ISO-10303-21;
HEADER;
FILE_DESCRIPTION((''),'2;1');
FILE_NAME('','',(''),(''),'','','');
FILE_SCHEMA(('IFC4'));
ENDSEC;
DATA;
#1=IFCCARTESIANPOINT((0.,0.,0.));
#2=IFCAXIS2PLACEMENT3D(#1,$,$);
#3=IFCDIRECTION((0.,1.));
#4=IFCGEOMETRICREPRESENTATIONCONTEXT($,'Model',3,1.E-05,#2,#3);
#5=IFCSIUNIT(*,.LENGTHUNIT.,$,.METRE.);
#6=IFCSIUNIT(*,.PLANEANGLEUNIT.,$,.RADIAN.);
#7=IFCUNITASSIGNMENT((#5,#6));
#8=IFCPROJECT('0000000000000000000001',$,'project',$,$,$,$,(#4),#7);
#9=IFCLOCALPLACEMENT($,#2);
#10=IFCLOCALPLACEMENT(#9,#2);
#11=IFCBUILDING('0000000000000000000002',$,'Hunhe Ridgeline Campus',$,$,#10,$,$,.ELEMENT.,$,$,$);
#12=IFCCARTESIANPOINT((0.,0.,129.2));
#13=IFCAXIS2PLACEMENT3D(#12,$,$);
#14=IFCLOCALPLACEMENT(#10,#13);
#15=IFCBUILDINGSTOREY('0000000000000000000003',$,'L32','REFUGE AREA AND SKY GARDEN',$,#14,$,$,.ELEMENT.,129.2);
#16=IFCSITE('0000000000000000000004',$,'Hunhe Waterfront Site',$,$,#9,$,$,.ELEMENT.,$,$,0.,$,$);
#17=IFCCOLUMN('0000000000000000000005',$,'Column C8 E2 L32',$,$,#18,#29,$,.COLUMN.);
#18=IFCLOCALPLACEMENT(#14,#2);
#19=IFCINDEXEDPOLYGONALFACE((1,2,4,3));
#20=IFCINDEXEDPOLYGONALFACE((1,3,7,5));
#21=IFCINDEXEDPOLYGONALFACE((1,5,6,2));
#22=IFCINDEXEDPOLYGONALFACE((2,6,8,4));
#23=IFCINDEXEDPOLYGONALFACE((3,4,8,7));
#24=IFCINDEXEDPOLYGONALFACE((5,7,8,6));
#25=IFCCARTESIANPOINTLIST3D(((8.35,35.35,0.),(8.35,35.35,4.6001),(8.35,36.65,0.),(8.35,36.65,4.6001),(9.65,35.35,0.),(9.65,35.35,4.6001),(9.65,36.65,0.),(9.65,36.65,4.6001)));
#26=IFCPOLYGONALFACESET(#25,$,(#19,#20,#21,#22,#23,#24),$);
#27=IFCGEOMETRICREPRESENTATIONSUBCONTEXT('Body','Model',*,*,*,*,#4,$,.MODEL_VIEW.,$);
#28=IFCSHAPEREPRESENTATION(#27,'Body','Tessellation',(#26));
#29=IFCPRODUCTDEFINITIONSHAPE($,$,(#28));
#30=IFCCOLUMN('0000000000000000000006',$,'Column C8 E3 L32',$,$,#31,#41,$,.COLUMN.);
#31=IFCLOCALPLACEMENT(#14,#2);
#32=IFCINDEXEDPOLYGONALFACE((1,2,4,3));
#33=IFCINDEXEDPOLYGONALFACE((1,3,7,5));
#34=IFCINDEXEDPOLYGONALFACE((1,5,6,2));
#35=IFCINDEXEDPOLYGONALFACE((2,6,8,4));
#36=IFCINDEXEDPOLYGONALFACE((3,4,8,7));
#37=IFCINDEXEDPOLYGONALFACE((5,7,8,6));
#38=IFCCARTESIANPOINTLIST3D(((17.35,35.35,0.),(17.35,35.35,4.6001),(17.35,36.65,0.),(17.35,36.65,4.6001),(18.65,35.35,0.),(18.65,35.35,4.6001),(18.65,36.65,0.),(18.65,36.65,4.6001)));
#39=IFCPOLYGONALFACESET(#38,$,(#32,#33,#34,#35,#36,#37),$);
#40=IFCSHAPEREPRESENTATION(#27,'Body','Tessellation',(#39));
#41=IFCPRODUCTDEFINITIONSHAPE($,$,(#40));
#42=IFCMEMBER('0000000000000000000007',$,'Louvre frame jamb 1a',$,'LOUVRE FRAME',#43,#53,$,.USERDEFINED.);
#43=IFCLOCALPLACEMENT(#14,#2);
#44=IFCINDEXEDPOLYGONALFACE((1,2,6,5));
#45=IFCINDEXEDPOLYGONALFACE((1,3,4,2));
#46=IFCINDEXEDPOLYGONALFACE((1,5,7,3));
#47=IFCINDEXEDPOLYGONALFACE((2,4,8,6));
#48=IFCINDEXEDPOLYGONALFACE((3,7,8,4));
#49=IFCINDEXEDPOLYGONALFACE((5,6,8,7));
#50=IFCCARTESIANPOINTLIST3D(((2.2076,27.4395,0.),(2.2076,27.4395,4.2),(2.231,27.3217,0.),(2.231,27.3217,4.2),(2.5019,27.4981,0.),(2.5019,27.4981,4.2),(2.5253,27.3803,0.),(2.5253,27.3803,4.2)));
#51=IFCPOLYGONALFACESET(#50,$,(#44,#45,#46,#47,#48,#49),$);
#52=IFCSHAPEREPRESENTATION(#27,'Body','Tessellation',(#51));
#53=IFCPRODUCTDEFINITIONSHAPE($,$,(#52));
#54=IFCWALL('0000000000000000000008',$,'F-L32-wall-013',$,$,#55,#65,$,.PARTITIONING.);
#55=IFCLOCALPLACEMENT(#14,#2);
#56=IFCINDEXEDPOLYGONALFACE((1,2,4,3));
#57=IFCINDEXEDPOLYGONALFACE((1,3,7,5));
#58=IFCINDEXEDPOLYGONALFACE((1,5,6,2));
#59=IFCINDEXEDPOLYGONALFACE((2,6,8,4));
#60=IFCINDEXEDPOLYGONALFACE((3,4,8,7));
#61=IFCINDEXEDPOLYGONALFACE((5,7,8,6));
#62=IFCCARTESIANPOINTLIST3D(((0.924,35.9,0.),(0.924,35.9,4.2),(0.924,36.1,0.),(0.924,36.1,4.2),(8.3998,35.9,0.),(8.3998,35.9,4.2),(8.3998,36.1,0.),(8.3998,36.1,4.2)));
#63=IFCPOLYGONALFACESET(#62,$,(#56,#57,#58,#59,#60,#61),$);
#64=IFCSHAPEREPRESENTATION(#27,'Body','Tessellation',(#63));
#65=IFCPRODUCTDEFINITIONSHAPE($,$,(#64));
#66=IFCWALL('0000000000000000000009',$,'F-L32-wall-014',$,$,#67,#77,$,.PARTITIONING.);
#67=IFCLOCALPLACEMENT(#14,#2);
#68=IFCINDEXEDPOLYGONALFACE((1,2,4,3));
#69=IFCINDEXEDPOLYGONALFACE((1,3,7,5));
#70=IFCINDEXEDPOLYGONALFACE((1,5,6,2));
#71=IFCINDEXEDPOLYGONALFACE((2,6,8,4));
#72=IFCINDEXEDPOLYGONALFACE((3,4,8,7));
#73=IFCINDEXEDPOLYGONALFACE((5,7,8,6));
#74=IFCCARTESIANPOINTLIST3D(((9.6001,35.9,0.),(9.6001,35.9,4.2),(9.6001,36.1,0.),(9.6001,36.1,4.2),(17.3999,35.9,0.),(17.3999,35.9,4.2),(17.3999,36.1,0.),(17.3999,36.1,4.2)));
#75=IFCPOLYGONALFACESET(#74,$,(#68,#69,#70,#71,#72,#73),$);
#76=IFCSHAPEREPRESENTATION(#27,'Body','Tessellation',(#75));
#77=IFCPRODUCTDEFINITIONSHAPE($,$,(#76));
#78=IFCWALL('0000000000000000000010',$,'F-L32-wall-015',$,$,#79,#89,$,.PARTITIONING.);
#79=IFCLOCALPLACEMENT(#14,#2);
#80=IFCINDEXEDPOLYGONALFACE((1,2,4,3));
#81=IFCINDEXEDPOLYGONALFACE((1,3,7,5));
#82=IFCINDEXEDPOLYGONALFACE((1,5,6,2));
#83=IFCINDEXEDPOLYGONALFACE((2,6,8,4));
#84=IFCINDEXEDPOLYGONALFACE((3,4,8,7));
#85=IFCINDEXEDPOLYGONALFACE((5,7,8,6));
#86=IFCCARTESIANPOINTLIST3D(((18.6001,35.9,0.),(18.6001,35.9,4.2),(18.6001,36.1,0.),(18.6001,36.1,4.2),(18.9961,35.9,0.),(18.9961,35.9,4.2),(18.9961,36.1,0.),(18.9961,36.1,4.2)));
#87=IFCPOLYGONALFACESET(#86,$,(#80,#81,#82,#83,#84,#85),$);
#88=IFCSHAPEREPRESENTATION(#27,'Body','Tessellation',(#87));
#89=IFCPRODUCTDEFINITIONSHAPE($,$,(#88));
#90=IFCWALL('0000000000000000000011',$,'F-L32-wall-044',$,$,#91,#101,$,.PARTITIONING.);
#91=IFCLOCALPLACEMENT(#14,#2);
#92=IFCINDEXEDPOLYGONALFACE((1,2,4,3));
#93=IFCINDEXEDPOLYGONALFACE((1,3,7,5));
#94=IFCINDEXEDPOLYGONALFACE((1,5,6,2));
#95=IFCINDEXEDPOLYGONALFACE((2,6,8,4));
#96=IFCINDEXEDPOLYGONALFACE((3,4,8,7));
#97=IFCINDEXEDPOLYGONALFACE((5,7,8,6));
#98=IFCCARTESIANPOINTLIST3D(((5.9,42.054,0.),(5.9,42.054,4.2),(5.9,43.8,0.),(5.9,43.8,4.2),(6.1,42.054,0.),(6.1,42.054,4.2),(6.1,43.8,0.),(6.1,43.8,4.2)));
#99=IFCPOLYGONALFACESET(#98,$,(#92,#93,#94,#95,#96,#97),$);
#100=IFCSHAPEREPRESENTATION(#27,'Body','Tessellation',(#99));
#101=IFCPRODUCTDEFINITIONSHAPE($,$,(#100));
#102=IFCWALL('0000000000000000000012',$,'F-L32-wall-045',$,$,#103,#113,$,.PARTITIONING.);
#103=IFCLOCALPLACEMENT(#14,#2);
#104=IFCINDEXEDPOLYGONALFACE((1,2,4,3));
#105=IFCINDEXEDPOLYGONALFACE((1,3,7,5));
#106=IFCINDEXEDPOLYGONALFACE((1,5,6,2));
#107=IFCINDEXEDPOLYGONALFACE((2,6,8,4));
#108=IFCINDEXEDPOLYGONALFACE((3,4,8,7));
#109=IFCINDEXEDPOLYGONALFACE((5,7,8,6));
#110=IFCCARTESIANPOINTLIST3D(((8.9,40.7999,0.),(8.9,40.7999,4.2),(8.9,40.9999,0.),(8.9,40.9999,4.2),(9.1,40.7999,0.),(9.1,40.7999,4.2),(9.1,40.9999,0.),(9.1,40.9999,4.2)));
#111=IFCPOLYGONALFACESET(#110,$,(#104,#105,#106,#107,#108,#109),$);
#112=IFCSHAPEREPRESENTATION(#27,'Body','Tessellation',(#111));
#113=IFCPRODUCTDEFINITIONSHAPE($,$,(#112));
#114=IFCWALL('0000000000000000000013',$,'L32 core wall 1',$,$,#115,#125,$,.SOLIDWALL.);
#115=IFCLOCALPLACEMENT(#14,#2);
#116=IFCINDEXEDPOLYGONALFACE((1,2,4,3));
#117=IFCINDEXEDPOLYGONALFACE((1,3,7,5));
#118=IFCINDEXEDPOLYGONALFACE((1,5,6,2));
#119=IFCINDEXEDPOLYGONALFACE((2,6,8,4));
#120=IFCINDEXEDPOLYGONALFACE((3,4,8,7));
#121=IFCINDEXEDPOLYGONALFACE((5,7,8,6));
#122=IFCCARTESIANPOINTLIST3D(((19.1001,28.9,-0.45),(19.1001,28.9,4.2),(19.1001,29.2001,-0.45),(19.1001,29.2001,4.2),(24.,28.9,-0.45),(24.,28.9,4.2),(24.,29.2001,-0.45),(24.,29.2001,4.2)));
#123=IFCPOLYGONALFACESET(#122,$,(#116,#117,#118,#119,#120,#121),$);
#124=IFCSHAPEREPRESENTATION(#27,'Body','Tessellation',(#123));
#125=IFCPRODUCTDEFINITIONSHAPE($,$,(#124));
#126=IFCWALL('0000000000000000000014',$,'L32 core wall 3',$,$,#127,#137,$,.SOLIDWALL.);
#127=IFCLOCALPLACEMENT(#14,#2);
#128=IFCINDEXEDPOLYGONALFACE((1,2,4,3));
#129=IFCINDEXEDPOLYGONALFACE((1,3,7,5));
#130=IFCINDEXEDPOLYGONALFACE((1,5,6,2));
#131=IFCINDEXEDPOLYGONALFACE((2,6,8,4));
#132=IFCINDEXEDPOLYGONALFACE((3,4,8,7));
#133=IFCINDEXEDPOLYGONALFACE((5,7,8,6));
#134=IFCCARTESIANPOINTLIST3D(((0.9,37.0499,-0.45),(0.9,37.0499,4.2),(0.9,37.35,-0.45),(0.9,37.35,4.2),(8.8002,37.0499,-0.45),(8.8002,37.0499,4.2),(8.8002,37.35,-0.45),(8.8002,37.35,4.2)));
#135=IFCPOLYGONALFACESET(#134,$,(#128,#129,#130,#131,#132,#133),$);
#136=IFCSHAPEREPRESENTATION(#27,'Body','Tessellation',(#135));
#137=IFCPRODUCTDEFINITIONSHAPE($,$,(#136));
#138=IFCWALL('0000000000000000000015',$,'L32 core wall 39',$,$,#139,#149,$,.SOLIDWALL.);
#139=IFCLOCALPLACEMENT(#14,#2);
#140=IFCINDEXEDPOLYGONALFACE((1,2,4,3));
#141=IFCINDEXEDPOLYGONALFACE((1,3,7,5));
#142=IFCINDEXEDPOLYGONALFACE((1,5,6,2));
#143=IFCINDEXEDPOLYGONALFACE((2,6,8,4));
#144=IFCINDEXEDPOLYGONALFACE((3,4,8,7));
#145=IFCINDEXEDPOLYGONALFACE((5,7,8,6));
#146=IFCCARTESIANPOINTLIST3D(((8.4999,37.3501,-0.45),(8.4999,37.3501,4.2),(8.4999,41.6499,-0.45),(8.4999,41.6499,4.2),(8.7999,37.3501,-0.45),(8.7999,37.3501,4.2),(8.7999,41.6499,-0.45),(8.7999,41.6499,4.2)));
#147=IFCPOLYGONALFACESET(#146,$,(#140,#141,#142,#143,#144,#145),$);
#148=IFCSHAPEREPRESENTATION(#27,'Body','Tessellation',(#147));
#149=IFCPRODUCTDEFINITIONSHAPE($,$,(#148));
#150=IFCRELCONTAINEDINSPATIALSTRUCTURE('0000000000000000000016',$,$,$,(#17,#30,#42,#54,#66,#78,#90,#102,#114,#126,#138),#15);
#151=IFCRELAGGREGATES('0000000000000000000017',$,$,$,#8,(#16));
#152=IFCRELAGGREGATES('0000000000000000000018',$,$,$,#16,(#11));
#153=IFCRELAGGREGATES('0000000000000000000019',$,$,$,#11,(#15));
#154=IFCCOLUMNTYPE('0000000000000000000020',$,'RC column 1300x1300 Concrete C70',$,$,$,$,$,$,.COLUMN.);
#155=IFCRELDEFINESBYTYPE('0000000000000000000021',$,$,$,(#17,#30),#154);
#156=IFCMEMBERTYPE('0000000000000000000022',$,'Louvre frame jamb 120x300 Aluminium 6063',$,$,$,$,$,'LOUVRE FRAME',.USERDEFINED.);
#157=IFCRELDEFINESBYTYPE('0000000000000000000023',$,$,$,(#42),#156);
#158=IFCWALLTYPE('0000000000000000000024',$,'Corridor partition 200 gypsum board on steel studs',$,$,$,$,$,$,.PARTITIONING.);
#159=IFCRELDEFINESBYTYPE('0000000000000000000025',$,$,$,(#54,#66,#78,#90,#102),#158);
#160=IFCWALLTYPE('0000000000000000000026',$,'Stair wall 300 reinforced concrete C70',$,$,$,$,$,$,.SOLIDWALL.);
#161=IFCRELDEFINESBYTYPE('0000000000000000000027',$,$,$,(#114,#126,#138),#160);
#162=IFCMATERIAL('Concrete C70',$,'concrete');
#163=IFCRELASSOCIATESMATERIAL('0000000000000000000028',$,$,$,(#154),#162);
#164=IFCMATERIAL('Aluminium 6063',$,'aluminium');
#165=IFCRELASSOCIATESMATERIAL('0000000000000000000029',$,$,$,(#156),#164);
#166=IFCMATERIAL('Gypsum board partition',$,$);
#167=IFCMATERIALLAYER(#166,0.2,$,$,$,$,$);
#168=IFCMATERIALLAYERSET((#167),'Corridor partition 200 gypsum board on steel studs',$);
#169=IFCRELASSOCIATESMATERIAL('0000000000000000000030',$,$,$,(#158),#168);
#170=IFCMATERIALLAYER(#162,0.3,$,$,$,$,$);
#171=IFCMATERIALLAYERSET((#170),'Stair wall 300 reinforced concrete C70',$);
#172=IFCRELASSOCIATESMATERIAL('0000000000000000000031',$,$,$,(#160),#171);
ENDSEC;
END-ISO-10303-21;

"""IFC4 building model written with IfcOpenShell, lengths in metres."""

from ifc_helpers import new_model, si_unit, direction, frame, frame_2d, origin, origin_2d, place, context, subcontext, project, spatial, rectangle, extrude, material, layer, layer_set, material_profile, profile_set, type_object, element, save


model = new_model("IFC4")

# Units and contexts
model_context = context("Model", 3, precision=1e-05, world=origin(), true_north=direction((0.0, 1.0)))
body_context = subcontext(model_context, "Body", "Model", "MODEL_VIEW")
ifc_project = project(units=[si_unit("LENGTHUNIT", "METRE"), si_unit("PLANEANGLEUNIT", "RADIAN")], contexts=[model_context])

# Site, building, storey
site_placement = place(None, origin())
site = spatial("IfcSite", under=ifc_project, at=site_placement, Name="Hunhe Waterfront Site", CompositionType="ELEMENT", RefElevation=0.0)
building_placement = place(site_placement, origin())
building = spatial("IfcBuilding", under=site, at=building_placement, Name="Hunhe Ridgeline Campus", CompositionType="ELEMENT")
storey_placement = place(building_placement, frame((0.0, 0.0, 129.2)))
storey = spatial("IfcBuildingStorey", under=building, at=storey_placement, Name="L32", Description="REFUGE AREA AND SKY GARDEN", CompositionType="ELEMENT", Elevation=129.2)

# Columns
ifc_material_1 = material(Name="Concrete C70", Category="concrete")
ifc_material_profile_1 = material_profile(ifc_material_1, rectangle(XDim=1.3, YDim=1.3, at=origin_2d()))
ifc_profile_set_1 = profile_set([ifc_material_profile_1], Name="Concrete C70")
column_type = type_object("IfcColumnType", Name="RC column 1300x1300 Concrete C70", PredefinedType="COLUMN", material=ifc_profile_set_1)
for number, where, z_axis, x_axis, name in (
    (1, (9.0, 36.0, 0.0), (0.0, 0.0, 1.0), (1.0, 0.0, 0.0), "Column C8 E2 L32"),
    (2, (18.0, 36.0, 0.0), (0.0, 0.0, 1.0), (1.0, 0.0, 0.0), "Column C8 E3 L32"),
):
    element("IfcColumn", number, at=place(storey_placement, frame(where, z_axis=z_axis, x_axis=x_axis)), inside=storey, type_object=column_type, Name=name, PredefinedType="COLUMN", context=body_context, shape_type="SweptSolid", body=[
        extrude(rectangle(XDim=1.3, YDim=1.3, at=origin_2d()), origin(), (0.0, 0.0, 1.0), 4.6001),
    ])

# Member
ifc_material_2 = material(Name="Aluminium 6063", Category="aluminium")
ifc_material_profile_2 = material_profile(ifc_material_2, rectangle(XDim=0.3, YDim=0.1201, at=origin_2d()))
ifc_profile_set_2 = profile_set([ifc_material_profile_2], Name="Aluminium 6063")
member_type = type_object("IfcMemberType", Name="Louvre frame jamb 120x300 Aluminium 6063", ElementType="LOUVRE FRAME", PredefinedType="USERDEFINED", material=ifc_profile_set_2)
member_placement = place(storey_placement, frame((2.3665, 27.4099, 0.0), z_axis=(0.0, 0.0, 1.0), x_axis=(0.980784, 0.195095, 0.0)))
element("IfcMember", 3, at=member_placement, inside=storey, type_object=member_type, Name="Louvre frame jamb 1a", ObjectType="LOUVRE FRAME", PredefinedType="USERDEFINED", context=body_context, shape_type="SweptSolid", body=[
    extrude(rectangle(XDim=0.3, YDim=0.1201, at=origin_2d()), origin(), (0.0, 0.0, 1.0), 4.2),
])

# Walls
ifc_material_3 = material(Name="Gypsum board partition")
ifc_layer_1 = layer(ifc_material_3, 0.2)
ifc_layer_set_1 = layer_set([ifc_layer_1], Name="Corridor partition 200 gypsum board on steel studs")
wall_type_1 = type_object("IfcWallType", Name="Corridor partition 200 gypsum board on steel studs", PredefinedType="PARTITIONING", material=ifc_layer_set_1)
wall_1_placement = place(storey_placement, frame((0.9241, 36.0, 0.0), z_axis=(0.0, 0.0, 1.0), x_axis=(1.0, 0.0, 0.0)))
element("IfcWall", 4, at=wall_1_placement, inside=storey, type_object=wall_type_1, Name="F-L32-wall-013", PredefinedType="PARTITIONING", context=body_context, shape_type="SweptSolid", body=[
    extrude(rectangle(XDim=7.4758, YDim=0.2, at=frame_2d((3.7378, 0.0))), origin(), (0.0, 0.0, 1.0), 4.2),
])
wall_2_placement = place(storey_placement, frame((9.6001, 36.0, 0.0), z_axis=(0.0, 0.0, 1.0), x_axis=(1.0, 0.0, 0.0)))
element("IfcWall", 5, at=wall_2_placement, inside=storey, type_object=wall_type_1, Name="F-L32-wall-014", PredefinedType="PARTITIONING", context=body_context, shape_type="SweptSolid", body=[
    extrude(rectangle(XDim=7.7998, YDim=0.2, at=frame_2d((3.8999, 0.0))), origin(), (0.0, 0.0, 1.0), 4.2),
])
wall_3_placement = place(storey_placement, frame((18.6001, 36.0, 0.0), z_axis=(0.0, 0.0, 1.0), x_axis=(1.0, 0.0, 0.0)))
element("IfcWall", 6, at=wall_3_placement, inside=storey, type_object=wall_type_1, Name="F-L32-wall-015", PredefinedType="PARTITIONING", context=body_context, shape_type="SweptSolid", body=[
    extrude(rectangle(XDim=0.396, YDim=0.2, at=frame_2d((0.198, 0.0))), origin(), (0.0, 0.0, 1.0), 4.2),
])

# Walls
wall_4_placement = place(storey_placement, frame((6.0, 42.054, 0.0), z_axis=(0.0, 0.0, 1.0), x_axis=(0.0, 1.0, 0.0)))
element("IfcWall", 7, at=wall_4_placement, inside=storey, type_object=wall_type_1, Name="F-L32-wall-044", PredefinedType="PARTITIONING", context=body_context, shape_type="SweptSolid", body=[
    extrude(rectangle(XDim=1.7461, YDim=0.2, at=frame_2d((0.873, 0.0))), origin(), (0.0, 0.0, 1.0), 4.2),
])
wall_5_placement = place(storey_placement, frame((9.0, 41.0, 0.0), z_axis=(0.0, 0.0, 1.0), x_axis=(0.0, -1.0, 0.0)))
element("IfcWall", 8, at=wall_5_placement, inside=storey, type_object=wall_type_1, Name="F-L32-wall-045", PredefinedType="PARTITIONING", context=body_context, shape_type="SweptSolid", body=[
    extrude(rectangle(XDim=0.2, YDim=0.2, at=frame_2d((0.1001, 0.0))), origin(), (0.0, 0.0, 1.0), 4.2),
])
ifc_layer_2 = layer(ifc_material_1, 0.3)
ifc_layer_set_2 = layer_set([ifc_layer_2], Name="Stair wall 300 reinforced concrete C70")
wall_type_2 = type_object("IfcWallType", Name="Stair wall 300 reinforced concrete C70", PredefinedType="SOLIDWALL", material=ifc_layer_set_2)
wall_6_placement = place(storey_placement, frame((19.1001, 29.05, -0.45), z_axis=(0.0, 0.0, 1.0), x_axis=(1.0, 0.0, 0.0)))
element("IfcWall", 9, at=wall_6_placement, inside=storey, type_object=wall_type_2, Name="L32 core wall 1", PredefinedType="SOLIDWALL", context=body_context, shape_type="SweptSolid", body=[
    extrude(rectangle(XDim=4.8999, YDim=0.3, at=frame_2d((2.45, 0.0))), origin(), (0.0, 0.0, 1.0), 4.6499),
])
wall_7_placement = place(storey_placement, frame((0.8999, 37.2, -0.45), z_axis=(0.0, 0.0, 1.0), x_axis=(1.0, 0.0, 0.0)))
element("IfcWall", 10, at=wall_7_placement, inside=storey, type_object=wall_type_2, Name="L32 core wall 3", PredefinedType="SOLIDWALL", context=body_context, shape_type="SweptSolid", body=[
    extrude(rectangle(XDim=7.9001, YDim=0.3, at=frame_2d((3.9502, 0.0))), origin(), (0.0, 0.0, 1.0), 4.6499),
])

# Wall
wall_8_placement = place(storey_placement, frame((8.6499, 37.3501, -0.45), z_axis=(0.0, 0.0, 1.0), x_axis=(0.0, 1.0, 0.0)))
element("IfcWall", 11, at=wall_8_placement, inside=storey, type_object=wall_type_2, Name="L32 core wall 39", PredefinedType="SOLIDWALL", context=body_context, shape_type="SweptSolid", body=[
    extrude(rectangle(XDim=4.2998, YDim=0.3, at=frame_2d((2.1499, 0.0))), origin(), (0.0, 0.0, 1.0), 4.6499),
])

save(model, "model.ifc")
